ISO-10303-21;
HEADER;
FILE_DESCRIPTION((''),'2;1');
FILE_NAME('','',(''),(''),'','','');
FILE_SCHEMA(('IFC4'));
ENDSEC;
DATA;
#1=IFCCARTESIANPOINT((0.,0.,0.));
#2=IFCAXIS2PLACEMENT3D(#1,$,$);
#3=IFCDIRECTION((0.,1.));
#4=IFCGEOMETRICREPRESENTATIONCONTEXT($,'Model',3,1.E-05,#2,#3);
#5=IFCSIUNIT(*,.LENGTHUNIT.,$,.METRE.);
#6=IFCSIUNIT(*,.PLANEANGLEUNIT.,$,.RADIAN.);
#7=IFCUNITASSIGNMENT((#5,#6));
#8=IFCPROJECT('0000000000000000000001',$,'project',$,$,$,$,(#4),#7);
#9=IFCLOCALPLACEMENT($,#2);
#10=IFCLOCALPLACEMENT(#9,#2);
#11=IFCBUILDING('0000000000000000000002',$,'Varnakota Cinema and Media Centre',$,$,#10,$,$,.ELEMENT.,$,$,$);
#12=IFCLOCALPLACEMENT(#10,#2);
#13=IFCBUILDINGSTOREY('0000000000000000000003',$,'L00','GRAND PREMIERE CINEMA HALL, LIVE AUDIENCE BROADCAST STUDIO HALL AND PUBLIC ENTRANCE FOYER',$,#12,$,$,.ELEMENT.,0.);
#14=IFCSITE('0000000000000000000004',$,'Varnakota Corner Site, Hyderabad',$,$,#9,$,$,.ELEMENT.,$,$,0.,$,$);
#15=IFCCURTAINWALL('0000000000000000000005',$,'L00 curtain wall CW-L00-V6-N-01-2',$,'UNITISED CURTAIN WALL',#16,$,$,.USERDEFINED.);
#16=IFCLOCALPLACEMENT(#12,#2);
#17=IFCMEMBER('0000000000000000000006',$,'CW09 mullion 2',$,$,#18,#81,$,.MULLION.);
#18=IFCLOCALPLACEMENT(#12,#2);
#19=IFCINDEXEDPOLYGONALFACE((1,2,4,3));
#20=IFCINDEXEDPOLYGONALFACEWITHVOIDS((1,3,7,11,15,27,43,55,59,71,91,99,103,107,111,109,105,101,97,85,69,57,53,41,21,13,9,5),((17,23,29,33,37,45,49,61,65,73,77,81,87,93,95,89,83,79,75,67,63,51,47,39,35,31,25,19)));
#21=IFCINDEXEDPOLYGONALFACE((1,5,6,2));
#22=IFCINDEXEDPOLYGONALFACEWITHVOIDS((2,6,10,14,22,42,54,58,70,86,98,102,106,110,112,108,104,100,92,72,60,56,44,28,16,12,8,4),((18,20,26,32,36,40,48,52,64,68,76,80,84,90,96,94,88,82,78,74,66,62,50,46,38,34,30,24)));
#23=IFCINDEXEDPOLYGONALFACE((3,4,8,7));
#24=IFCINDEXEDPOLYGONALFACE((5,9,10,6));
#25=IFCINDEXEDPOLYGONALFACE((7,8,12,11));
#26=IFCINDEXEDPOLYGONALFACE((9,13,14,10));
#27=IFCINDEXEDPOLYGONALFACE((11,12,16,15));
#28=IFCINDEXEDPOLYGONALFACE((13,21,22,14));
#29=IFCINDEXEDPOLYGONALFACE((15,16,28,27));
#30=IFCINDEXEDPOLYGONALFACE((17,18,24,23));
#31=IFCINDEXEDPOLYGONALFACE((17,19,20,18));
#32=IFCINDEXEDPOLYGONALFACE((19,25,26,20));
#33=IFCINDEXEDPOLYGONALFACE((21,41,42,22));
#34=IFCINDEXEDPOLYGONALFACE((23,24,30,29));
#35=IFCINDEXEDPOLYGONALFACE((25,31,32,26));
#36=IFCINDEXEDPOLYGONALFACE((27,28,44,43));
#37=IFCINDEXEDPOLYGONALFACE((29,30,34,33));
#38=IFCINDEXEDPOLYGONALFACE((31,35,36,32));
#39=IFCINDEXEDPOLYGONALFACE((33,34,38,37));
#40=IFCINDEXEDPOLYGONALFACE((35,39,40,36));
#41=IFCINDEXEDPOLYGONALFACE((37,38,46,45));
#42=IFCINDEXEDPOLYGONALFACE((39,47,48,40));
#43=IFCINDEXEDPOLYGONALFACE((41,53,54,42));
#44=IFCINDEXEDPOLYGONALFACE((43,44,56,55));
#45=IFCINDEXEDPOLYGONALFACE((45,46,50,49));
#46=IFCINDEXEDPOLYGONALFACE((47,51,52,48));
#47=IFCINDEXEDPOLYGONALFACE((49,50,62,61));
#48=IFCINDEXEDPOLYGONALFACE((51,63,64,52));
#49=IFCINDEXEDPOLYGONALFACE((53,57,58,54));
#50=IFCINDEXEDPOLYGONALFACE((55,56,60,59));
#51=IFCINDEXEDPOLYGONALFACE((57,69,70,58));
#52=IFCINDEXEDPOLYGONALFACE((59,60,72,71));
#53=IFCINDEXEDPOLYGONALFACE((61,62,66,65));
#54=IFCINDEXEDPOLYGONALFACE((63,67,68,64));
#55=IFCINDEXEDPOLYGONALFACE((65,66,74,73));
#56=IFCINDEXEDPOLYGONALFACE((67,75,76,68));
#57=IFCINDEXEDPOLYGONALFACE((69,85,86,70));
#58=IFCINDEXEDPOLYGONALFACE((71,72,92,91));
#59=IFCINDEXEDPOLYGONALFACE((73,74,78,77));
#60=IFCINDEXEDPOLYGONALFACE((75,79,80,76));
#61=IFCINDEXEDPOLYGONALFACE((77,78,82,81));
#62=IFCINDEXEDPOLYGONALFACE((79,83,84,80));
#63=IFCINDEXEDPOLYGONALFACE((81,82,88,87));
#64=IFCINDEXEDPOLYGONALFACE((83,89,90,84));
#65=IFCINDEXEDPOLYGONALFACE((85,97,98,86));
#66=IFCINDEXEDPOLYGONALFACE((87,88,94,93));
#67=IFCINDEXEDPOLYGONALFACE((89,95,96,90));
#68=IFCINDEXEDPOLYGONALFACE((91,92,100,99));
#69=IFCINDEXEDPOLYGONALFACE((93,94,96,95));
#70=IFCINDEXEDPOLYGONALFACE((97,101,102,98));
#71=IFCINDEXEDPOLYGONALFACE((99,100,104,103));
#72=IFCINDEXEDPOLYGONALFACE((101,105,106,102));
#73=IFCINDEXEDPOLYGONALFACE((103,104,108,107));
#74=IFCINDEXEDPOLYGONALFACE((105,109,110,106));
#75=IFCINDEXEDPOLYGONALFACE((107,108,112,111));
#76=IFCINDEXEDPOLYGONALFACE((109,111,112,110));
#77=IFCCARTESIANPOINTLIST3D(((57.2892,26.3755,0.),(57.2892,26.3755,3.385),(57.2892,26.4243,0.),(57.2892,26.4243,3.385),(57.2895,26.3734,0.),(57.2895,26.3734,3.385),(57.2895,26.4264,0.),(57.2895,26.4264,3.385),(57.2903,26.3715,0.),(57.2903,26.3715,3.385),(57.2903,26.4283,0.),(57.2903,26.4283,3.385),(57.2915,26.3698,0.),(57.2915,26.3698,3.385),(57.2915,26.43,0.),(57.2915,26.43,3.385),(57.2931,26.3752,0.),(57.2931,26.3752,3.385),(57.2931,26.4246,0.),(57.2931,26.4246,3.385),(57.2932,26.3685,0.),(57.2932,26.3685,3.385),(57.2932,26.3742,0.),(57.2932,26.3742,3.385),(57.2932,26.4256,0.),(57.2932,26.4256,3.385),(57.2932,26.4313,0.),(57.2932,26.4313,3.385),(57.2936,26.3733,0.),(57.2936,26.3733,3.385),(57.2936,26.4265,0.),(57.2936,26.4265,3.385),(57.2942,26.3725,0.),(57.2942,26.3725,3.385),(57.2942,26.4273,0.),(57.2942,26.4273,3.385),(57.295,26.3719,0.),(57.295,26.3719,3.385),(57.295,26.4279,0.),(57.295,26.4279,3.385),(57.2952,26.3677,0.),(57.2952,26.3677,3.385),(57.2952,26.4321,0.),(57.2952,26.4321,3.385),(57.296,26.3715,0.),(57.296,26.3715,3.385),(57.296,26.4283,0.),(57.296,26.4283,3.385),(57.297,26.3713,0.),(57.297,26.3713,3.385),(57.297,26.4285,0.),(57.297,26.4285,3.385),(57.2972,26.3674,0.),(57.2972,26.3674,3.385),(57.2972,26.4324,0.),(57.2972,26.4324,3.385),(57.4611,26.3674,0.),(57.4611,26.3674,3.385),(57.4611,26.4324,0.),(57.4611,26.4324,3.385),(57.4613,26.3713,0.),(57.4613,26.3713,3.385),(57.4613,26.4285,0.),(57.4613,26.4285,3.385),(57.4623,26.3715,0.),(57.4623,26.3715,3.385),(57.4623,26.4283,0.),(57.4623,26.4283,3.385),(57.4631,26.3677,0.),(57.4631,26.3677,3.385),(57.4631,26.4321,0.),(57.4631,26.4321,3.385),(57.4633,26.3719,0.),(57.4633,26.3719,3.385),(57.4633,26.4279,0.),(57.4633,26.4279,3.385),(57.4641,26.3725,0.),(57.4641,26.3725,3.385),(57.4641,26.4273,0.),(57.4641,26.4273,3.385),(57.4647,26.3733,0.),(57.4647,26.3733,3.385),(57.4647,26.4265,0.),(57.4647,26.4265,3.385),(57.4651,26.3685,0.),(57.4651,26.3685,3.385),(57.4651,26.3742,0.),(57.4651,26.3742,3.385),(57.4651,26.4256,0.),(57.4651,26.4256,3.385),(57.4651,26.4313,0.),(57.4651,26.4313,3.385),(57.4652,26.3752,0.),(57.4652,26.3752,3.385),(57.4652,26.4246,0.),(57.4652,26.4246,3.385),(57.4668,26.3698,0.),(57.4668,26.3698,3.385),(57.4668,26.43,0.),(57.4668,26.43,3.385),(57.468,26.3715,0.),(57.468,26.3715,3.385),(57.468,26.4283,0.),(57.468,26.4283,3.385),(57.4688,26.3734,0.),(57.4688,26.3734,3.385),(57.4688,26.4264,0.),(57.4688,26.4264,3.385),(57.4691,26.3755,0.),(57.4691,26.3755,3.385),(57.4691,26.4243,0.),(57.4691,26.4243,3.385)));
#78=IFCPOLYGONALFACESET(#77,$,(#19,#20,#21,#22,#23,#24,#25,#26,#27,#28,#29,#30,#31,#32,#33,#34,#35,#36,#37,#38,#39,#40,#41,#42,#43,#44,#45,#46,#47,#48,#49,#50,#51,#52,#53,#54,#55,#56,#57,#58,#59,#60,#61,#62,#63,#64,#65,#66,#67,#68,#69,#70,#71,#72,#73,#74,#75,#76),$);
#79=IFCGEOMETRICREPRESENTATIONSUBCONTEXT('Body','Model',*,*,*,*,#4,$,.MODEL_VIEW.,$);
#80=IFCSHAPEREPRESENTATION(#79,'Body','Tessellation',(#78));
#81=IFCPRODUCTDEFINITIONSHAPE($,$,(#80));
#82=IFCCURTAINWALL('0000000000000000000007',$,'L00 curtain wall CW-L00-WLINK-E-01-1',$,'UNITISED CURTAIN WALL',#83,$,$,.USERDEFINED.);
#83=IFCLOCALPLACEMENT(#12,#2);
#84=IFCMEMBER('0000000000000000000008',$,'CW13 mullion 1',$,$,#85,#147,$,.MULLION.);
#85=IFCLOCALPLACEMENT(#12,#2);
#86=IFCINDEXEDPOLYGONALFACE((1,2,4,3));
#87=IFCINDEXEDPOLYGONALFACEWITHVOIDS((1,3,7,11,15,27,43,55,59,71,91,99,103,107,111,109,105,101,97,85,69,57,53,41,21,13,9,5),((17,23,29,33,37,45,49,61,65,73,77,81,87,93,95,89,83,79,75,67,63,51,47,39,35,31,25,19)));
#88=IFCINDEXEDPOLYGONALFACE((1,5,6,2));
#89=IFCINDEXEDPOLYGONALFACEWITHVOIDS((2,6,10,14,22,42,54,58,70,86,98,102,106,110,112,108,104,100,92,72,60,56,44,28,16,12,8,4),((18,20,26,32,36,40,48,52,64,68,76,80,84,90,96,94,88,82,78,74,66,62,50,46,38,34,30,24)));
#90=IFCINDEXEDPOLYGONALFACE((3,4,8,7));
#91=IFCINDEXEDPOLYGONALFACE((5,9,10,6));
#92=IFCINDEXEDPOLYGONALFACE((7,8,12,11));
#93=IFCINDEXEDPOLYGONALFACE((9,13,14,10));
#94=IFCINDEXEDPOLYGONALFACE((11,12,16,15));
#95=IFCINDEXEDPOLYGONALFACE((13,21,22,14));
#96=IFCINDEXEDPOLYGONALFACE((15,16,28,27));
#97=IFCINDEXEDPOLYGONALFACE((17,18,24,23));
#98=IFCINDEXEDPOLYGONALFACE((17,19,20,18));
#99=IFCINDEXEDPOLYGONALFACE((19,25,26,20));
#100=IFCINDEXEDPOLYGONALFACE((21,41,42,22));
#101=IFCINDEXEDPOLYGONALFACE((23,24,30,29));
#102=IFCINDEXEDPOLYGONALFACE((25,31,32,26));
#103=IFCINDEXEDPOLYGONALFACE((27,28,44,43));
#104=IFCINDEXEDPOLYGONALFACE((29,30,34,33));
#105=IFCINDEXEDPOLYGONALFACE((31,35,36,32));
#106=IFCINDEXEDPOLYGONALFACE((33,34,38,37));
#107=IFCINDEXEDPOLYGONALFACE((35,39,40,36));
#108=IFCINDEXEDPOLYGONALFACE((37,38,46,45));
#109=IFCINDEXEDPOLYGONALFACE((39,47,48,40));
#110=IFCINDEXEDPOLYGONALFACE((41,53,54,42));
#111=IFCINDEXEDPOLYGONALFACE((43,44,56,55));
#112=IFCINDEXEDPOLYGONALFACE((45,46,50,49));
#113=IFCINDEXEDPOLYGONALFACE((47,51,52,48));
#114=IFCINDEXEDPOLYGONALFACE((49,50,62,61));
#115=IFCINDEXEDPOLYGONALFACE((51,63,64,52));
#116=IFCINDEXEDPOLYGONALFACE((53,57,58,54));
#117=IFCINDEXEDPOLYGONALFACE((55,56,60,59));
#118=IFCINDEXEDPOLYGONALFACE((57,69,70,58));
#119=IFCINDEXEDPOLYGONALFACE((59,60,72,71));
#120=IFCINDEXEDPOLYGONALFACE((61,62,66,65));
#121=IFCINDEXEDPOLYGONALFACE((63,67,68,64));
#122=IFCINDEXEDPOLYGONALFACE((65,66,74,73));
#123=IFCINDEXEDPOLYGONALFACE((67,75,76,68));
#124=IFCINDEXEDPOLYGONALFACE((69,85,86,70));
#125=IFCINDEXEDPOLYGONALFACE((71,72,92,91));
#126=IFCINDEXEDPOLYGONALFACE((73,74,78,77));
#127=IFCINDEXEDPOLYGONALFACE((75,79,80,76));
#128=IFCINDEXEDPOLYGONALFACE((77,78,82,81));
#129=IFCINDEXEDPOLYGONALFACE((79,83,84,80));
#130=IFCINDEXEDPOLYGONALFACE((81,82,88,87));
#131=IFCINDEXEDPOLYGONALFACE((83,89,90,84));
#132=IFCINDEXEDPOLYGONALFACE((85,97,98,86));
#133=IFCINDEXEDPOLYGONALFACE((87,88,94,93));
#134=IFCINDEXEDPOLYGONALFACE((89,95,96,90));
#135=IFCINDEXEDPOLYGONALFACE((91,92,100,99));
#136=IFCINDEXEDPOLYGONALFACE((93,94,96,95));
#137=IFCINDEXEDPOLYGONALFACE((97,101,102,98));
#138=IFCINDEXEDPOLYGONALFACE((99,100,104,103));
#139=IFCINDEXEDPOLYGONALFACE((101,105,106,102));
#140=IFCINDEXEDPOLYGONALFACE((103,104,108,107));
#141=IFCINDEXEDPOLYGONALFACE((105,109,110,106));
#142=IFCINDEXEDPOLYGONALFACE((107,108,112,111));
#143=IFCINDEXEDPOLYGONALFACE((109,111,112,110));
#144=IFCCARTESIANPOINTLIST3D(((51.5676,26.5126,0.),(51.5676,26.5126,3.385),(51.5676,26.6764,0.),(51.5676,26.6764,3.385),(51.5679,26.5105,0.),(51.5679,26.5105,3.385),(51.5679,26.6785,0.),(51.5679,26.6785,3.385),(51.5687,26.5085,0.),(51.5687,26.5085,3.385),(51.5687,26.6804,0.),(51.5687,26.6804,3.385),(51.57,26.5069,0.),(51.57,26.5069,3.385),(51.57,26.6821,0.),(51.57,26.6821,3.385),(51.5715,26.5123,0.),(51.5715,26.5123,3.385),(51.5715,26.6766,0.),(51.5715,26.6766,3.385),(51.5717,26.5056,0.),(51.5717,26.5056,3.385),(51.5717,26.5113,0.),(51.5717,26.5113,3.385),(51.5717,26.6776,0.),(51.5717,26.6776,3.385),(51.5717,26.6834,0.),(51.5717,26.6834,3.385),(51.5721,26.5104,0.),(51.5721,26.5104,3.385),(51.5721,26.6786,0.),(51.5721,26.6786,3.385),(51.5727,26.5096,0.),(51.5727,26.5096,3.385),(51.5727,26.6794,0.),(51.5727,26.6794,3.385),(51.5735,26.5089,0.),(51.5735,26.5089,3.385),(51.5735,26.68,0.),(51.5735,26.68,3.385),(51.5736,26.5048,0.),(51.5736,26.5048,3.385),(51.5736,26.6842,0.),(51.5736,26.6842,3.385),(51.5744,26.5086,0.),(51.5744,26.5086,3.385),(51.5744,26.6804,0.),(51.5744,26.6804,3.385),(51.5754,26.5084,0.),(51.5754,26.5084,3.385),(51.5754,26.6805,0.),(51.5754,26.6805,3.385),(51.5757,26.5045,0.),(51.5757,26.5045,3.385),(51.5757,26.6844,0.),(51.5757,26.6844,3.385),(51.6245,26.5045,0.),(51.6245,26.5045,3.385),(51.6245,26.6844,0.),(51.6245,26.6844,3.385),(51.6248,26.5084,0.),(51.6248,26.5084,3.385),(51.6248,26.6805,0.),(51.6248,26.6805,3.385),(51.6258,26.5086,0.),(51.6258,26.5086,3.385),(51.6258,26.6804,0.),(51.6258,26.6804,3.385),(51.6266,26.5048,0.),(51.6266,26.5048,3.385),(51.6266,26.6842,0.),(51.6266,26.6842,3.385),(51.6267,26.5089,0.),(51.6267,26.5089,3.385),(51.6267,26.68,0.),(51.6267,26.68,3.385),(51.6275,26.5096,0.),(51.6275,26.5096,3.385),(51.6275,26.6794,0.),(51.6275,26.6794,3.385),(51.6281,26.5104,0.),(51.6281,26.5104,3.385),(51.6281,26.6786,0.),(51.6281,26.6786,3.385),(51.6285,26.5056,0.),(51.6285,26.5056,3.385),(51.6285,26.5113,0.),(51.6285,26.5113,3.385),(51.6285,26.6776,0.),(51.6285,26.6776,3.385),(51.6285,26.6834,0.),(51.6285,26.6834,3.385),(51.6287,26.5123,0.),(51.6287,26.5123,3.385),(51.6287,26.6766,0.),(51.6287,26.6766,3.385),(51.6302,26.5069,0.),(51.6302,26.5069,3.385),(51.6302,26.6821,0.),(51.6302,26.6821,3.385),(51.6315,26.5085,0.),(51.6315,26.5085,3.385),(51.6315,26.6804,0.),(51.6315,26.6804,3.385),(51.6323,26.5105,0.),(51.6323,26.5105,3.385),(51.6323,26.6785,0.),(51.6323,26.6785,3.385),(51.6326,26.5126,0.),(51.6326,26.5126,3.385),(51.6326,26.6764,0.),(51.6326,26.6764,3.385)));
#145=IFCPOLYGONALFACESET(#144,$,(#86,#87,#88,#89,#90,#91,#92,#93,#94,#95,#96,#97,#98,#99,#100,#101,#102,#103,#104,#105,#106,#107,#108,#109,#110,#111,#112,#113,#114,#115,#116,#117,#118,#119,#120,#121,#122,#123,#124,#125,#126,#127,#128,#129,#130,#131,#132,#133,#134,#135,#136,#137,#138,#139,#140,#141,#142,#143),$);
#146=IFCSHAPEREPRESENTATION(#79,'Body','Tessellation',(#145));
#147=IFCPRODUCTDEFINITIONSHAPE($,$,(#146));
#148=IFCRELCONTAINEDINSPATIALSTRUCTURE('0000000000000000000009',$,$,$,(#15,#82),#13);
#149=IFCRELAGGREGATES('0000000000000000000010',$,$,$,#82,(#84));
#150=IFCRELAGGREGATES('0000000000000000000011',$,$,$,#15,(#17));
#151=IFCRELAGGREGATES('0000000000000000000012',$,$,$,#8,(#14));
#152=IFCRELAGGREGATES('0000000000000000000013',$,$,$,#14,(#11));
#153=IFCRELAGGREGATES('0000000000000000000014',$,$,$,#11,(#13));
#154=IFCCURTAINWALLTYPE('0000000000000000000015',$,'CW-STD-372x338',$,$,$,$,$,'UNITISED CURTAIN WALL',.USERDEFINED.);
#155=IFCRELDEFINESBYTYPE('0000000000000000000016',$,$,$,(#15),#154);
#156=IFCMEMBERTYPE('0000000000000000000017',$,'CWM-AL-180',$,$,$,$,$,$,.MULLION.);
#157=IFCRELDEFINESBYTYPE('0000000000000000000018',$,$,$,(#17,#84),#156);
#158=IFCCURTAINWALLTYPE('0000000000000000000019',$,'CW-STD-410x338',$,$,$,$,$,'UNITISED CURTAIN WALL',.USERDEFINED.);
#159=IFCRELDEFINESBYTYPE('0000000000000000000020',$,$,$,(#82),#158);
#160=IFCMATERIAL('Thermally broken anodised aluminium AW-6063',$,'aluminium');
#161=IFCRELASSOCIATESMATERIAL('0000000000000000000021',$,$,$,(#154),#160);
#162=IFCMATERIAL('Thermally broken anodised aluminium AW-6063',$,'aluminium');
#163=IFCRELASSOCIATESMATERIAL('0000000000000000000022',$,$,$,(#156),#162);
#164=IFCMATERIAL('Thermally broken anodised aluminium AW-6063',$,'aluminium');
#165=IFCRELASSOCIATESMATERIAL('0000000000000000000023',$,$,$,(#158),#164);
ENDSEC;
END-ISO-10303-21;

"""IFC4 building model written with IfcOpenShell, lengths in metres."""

from ifc_helpers import new_model, si_unit, direction, frame, origin, origin_2d, place, context, subcontext, project, spatial, hollow_rectangle, extrude, material, material_profile, profile_set, type_object, element, aggregate, save


model = new_model("IFC4")

# Units and contexts
model_context = context("Model", 3, precision=1e-05, world=origin(), true_north=direction((0.0, 1.0)))
body_context = subcontext(model_context, "Body", "Model", "MODEL_VIEW")
ifc_project = project(units=[si_unit("LENGTHUNIT", "METRE"), si_unit("PLANEANGLEUNIT", "RADIAN")], contexts=[model_context])

# Site, building, storey
site_placement = place(None, origin())
site = spatial("IfcSite", under=ifc_project, at=site_placement, Name="Varnakota Corner Site, Hyderabad", CompositionType="ELEMENT", RefElevation=0.0)
building_placement = place(site_placement, origin())
building = spatial("IfcBuilding", under=site, at=building_placement, Name="Varnakota Cinema and Media Centre", CompositionType="ELEMENT")
storey_placement = place(building_placement, origin())
storey = spatial("IfcBuildingStorey", under=building, at=storey_placement, Name="L00", Description="GRAND PREMIERE CINEMA HALL, LIVE AUDIENCE BROADCAST STUDIO HALL AND PUBLIC ENTRANCE FOYER", CompositionType="ELEMENT", Elevation=0.0)

# Curtain wall, member
ifc_material_1 = material(Name="Thermally broken anodised aluminium AW-6063", Category="aluminium")
curtain_wall_type_1 = type_object("IfcCurtainWallType", Name="CW-STD-372x338", ElementType="UNITISED CURTAIN WALL", PredefinedType="USERDEFINED", material=ifc_material_1)
ifc_material_2 = material(Name="Thermally broken anodised aluminium AW-6063", Category="aluminium")
ifc_material_profile_1 = material_profile(ifc_material_2, hollow_rectangle(XDim=0.0649, YDim=0.1799, WallThickness=0.0039, InnerFilletRadius=0.0039, OuterFilletRadius=0.0081, at=origin_2d()), Name="AL-MULLION 180x65x4")
ifc_profile_set_1 = profile_set([ifc_material_profile_1], Name="Thermally broken anodised aluminium AW-6063")
member_type_1 = type_object("IfcMemberType", Name="CWM-AL-180", PredefinedType="MULLION", material=ifc_profile_set_1)
curtain_wall_1_placement = place(storey_placement, origin())
curtain_wall_1 = element("IfcCurtainWall", 1, at=curtain_wall_1_placement, inside=storey, type_object=curtain_wall_type_1, Name="L00 curtain wall CW-L00-V6-N-01-2", ObjectType="UNITISED CURTAIN WALL", PredefinedType="USERDEFINED")
member_1_placement = place(storey_placement, frame((57.3792, 26.3999, 0.0), z_axis=(0.0, 0.0, 1.0), x_axis=(0.0, 1.0, 0.0)))
member_1 = element("IfcMember", 2, at=member_1_placement, type_object=member_type_1, Name="CW09 mullion 2", PredefinedType="MULLION", context=body_context, shape_type="SweptSolid", body=[
    extrude(hollow_rectangle(XDim=0.0649, YDim=0.1799, WallThickness=0.0039, InnerFilletRadius=0.0039, OuterFilletRadius=0.0081, at=origin_2d()), origin(), (0.0, 0.0, 1.0), 3.385),
])

# Curtain wall, member
ifc_material_3 = material(Name="Thermally broken anodised aluminium AW-6063", Category="aluminium")
curtain_wall_type_2 = type_object("IfcCurtainWallType", Name="CW-STD-410x338", ElementType="UNITISED CURTAIN WALL", PredefinedType="USERDEFINED", material=ifc_material_3)
curtain_wall_2_placement = place(storey_placement, origin())
curtain_wall_2 = element("IfcCurtainWall", 3, at=curtain_wall_2_placement, inside=storey, type_object=curtain_wall_type_2, Name="L00 curtain wall CW-L00-WLINK-E-01-1", ObjectType="UNITISED CURTAIN WALL", PredefinedType="USERDEFINED")
member_2_placement = place(storey_placement, frame((51.6001, 26.5945, 0.0), z_axis=(0.0, 0.0, 1.0), x_axis=(-1.0, 0.0, 0.0)))
member_2 = element("IfcMember", 4, at=member_2_placement, type_object=member_type_1, Name="CW13 mullion 1", PredefinedType="MULLION", context=body_context, shape_type="SweptSolid", body=[
    extrude(hollow_rectangle(XDim=0.0649, YDim=0.1799, WallThickness=0.0039, InnerFilletRadius=0.0039, OuterFilletRadius=0.0081, at=origin_2d()), origin(), (0.0, 0.0, 1.0), 3.385),
])

aggregate(curtain_wall_2, [member_2])

aggregate(curtain_wall_1, [member_1])

save(model, "model.ifc")
